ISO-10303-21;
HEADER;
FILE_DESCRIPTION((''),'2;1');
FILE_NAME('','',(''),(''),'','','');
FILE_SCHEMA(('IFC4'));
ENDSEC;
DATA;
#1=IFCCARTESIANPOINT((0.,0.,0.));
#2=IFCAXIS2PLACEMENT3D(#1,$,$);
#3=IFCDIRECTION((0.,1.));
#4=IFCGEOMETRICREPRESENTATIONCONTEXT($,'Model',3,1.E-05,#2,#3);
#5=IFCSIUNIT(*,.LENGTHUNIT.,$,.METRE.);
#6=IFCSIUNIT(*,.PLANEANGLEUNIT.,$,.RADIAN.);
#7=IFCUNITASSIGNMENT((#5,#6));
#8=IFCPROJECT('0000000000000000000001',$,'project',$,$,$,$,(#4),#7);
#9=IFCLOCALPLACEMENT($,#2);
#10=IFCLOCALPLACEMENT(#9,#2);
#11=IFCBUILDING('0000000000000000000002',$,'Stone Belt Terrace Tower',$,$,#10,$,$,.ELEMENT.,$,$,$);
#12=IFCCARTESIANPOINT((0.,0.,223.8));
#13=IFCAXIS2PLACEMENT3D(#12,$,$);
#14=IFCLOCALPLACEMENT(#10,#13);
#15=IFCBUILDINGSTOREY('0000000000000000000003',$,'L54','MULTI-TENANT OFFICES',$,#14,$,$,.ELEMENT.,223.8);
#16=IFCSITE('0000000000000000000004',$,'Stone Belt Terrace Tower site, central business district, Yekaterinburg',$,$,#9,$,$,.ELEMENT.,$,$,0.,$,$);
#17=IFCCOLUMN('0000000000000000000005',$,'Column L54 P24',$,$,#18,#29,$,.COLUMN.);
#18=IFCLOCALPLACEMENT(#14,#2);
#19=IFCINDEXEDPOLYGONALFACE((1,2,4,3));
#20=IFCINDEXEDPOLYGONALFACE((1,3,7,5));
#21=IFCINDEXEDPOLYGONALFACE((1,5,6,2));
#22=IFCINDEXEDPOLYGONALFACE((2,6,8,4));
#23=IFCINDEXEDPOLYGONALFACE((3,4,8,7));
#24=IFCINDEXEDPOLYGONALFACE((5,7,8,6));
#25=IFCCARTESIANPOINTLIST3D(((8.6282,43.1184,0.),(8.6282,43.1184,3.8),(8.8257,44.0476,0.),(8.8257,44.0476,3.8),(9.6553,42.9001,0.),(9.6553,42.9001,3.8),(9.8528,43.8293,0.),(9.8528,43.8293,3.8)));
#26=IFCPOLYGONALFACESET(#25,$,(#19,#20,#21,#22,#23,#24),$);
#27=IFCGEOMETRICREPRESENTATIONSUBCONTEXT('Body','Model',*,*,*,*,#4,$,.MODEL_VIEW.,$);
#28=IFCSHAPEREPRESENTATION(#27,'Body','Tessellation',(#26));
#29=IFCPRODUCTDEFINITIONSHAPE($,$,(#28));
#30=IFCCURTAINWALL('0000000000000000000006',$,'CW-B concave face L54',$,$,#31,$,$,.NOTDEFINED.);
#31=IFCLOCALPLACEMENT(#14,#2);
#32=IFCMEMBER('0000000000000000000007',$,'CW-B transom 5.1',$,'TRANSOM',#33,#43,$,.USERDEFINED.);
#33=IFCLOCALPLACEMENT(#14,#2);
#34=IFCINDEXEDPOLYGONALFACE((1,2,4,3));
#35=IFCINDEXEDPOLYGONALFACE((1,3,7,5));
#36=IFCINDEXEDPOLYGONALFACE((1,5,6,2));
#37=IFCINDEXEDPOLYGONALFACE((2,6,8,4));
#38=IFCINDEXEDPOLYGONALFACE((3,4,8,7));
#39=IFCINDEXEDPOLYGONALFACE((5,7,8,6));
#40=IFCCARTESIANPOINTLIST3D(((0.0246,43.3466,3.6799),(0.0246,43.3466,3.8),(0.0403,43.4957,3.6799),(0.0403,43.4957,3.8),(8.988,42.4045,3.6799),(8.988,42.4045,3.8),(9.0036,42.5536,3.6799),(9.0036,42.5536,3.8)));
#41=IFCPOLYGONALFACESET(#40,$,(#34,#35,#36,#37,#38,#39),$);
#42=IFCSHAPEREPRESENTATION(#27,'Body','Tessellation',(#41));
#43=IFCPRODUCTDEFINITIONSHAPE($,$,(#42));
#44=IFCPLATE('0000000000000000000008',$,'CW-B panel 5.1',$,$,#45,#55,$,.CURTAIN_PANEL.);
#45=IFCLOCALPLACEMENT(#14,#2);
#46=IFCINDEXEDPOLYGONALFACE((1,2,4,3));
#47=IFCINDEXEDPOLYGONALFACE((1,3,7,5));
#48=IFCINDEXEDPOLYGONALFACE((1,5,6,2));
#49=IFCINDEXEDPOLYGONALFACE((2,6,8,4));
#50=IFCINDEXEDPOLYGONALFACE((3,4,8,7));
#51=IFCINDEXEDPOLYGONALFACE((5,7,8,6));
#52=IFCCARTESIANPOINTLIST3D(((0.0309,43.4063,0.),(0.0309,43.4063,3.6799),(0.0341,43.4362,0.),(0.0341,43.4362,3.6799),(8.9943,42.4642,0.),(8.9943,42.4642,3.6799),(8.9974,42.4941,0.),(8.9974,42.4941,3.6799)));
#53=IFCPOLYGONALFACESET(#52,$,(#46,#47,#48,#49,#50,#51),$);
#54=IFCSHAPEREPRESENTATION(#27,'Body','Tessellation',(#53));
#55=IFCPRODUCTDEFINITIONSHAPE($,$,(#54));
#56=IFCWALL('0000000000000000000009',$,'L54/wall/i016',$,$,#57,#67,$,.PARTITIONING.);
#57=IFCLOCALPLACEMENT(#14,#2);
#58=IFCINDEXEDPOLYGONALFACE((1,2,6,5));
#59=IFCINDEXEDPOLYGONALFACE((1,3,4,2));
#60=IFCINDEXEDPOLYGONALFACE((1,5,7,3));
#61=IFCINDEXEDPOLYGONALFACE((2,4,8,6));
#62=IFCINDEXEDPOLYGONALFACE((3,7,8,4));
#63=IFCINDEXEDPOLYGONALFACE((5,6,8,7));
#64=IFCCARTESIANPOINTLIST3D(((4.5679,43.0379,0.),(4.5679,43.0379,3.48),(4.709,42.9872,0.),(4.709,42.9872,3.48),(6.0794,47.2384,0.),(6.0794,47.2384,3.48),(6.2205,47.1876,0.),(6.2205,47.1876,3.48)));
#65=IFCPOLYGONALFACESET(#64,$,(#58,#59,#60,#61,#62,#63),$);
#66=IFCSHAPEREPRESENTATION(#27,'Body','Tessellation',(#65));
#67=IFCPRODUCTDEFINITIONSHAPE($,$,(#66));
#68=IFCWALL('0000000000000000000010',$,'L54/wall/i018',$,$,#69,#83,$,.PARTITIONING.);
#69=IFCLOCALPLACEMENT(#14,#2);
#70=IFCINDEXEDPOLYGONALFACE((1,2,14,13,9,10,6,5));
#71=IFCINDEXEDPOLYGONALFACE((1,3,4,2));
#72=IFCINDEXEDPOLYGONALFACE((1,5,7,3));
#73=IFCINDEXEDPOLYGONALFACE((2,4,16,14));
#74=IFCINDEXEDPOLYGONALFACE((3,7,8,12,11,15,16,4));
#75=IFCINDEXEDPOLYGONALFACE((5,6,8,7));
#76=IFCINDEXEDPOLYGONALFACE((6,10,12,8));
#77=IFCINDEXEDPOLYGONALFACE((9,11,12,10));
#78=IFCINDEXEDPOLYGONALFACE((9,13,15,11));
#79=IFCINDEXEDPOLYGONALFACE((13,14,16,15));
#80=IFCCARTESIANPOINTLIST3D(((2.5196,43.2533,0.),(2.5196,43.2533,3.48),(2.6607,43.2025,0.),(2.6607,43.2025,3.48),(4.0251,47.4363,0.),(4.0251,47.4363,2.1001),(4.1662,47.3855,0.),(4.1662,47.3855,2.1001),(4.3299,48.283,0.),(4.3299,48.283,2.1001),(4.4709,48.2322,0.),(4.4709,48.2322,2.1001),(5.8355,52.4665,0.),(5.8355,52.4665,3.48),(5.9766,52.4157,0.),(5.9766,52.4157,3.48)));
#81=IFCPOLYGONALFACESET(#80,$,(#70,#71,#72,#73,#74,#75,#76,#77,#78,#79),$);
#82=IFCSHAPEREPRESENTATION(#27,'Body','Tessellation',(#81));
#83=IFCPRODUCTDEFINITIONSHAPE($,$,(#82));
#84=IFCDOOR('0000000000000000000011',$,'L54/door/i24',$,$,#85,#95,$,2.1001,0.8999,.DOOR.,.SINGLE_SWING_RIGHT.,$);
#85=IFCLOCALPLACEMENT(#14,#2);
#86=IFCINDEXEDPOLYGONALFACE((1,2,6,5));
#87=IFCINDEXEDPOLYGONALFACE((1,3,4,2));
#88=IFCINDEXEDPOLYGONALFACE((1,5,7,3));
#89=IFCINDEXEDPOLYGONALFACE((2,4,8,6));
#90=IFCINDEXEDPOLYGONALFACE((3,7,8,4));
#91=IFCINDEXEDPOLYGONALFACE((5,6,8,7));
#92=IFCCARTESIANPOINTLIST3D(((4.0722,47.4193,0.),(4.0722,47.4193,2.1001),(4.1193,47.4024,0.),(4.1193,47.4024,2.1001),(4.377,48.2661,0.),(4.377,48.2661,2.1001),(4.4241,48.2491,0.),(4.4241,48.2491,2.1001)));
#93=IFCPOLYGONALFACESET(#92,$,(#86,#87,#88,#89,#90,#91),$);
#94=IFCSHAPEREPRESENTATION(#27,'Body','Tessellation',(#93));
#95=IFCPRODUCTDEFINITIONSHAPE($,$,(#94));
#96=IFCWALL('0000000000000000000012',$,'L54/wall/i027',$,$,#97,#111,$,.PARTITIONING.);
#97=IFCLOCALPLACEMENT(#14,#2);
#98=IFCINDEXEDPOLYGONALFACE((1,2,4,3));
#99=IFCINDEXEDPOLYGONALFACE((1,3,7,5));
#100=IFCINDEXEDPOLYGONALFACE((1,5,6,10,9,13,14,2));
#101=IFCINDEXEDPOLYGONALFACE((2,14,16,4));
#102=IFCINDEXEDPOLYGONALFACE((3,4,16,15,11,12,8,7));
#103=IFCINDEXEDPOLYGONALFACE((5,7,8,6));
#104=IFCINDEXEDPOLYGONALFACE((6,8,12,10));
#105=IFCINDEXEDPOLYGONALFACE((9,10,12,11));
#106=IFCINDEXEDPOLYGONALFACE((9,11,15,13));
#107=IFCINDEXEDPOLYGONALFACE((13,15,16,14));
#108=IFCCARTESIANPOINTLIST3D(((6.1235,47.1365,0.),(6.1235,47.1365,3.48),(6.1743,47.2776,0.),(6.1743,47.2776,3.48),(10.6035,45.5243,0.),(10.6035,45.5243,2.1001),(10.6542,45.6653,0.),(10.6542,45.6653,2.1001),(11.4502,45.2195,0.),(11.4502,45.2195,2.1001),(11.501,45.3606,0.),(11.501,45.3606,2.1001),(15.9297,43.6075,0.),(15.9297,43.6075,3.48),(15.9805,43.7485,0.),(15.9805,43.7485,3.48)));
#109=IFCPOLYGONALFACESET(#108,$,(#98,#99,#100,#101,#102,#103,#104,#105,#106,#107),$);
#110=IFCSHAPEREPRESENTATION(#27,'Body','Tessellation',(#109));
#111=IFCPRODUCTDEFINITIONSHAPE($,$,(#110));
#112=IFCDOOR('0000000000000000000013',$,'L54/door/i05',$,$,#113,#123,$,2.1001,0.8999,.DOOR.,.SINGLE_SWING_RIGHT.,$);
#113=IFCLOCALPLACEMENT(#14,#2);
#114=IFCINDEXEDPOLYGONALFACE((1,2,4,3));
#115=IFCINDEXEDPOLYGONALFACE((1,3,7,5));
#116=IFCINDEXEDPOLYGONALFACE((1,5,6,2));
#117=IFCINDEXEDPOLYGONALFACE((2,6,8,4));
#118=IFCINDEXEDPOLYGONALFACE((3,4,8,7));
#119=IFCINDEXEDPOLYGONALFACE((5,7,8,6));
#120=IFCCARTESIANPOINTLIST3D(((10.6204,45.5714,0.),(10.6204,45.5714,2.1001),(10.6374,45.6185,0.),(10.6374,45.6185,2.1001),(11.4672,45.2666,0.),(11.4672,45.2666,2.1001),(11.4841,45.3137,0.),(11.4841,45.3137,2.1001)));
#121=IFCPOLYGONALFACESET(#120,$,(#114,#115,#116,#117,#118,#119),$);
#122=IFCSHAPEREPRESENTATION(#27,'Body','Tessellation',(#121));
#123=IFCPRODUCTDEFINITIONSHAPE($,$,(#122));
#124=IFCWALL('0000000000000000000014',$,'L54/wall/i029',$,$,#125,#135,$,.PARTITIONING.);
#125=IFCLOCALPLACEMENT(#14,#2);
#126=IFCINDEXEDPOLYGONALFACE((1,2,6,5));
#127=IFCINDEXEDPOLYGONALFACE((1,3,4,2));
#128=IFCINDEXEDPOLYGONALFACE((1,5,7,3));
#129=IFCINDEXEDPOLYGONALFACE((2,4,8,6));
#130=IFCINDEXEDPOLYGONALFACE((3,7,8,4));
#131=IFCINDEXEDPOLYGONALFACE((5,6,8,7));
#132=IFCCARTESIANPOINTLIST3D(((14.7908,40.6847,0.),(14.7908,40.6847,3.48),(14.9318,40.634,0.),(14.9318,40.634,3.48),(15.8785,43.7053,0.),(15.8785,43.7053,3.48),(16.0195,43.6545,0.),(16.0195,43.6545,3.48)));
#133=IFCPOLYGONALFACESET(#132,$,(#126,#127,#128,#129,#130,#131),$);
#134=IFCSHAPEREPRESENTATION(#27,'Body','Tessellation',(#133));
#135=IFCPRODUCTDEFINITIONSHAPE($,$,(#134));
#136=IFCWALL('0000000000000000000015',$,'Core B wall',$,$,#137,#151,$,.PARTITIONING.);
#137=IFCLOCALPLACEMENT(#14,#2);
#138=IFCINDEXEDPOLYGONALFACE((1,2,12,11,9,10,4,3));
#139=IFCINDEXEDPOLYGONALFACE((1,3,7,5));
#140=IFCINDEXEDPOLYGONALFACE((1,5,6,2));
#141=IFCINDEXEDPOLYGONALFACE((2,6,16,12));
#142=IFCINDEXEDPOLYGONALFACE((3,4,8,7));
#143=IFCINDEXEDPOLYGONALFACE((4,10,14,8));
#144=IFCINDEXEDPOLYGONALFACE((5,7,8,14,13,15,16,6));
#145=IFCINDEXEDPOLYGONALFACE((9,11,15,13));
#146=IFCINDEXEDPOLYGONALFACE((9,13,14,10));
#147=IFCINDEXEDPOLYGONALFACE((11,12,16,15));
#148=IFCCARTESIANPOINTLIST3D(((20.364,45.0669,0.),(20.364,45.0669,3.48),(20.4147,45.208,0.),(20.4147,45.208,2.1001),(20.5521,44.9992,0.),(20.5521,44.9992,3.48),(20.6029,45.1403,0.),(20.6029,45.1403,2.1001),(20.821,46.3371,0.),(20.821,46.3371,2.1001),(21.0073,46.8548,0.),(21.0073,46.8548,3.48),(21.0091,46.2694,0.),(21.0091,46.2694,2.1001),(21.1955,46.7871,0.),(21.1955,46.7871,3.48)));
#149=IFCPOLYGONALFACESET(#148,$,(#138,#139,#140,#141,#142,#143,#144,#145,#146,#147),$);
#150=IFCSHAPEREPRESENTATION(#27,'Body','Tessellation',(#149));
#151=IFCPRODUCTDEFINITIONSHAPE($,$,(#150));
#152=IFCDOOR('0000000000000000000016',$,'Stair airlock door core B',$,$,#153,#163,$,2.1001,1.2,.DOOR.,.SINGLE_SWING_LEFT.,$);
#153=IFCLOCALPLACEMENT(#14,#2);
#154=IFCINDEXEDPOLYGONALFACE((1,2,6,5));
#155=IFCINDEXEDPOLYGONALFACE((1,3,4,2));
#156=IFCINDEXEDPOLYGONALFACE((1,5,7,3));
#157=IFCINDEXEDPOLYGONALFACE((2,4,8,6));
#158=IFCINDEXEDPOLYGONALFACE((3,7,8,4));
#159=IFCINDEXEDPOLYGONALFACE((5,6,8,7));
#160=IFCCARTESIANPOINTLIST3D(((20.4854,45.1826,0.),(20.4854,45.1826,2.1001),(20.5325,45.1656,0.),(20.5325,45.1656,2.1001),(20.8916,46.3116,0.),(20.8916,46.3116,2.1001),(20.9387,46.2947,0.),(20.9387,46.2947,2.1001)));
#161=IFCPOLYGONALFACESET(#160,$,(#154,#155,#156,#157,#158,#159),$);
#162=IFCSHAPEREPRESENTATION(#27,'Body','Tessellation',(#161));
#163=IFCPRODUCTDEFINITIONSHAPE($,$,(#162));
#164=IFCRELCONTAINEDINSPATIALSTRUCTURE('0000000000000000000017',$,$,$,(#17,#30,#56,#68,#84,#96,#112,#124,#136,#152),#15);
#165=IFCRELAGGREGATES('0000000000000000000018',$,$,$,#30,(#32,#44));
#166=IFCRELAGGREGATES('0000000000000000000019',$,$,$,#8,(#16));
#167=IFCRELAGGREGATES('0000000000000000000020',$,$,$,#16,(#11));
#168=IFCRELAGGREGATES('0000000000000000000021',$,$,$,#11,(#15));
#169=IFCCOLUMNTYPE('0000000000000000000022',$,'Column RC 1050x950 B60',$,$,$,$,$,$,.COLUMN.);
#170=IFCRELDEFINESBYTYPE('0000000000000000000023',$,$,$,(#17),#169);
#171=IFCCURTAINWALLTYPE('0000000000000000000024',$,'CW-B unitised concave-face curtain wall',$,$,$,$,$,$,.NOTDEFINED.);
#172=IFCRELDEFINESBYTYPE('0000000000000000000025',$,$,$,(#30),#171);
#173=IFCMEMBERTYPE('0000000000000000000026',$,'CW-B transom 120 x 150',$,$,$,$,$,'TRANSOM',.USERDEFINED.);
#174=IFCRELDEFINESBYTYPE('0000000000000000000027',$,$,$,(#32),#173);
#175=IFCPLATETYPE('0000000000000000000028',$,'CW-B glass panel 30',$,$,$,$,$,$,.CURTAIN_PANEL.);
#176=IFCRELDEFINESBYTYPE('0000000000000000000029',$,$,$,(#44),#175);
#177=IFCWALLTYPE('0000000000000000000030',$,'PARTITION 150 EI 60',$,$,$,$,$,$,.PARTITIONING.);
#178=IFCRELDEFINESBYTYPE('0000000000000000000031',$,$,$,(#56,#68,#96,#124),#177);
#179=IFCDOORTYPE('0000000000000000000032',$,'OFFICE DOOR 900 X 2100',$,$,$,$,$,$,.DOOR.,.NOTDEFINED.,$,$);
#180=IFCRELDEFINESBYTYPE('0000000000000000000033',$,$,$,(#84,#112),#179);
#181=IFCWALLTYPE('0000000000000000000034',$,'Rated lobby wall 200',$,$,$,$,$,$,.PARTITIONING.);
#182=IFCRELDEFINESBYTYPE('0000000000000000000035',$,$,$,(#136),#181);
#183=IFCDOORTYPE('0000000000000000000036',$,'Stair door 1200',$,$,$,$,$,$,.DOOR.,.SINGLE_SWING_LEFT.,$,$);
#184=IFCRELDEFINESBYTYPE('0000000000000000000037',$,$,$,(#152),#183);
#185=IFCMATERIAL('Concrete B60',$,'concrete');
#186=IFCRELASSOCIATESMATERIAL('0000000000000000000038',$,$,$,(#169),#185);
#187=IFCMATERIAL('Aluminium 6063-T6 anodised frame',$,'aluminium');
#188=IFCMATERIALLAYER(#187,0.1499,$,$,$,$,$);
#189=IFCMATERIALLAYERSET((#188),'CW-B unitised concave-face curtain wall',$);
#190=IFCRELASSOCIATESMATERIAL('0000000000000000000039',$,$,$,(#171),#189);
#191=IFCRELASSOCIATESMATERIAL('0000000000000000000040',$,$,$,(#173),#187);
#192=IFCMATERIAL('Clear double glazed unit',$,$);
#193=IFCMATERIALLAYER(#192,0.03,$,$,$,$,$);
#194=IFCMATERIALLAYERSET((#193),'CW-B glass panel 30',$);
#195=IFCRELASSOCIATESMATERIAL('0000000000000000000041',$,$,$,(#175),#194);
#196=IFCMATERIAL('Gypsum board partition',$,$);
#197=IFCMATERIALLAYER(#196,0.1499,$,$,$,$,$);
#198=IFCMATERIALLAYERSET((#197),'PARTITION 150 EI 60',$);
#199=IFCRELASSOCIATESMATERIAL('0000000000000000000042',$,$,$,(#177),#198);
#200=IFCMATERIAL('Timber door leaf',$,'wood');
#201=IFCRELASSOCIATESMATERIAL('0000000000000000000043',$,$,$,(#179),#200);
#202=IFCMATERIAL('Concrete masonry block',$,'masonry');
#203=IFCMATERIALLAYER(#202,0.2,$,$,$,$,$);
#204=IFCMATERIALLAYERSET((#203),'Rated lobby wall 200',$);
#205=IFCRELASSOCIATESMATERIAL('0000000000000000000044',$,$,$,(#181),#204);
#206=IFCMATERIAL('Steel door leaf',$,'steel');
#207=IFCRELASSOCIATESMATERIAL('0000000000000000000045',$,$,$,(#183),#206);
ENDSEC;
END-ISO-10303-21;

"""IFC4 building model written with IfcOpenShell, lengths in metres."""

from ifc_helpers import new_model, si_unit, direction, frame, frame_2d, origin, origin_2d, place, context, subcontext, project, spatial, rectangle, extrude, material, layer, layer_set, material_profile, profile_set, type_object, element, fill, aggregate, save


model = new_model("IFC4")

# Units and contexts
model_context = context("Model", 3, precision=1e-05, world=origin(), true_north=direction((0.0, 1.0)))
body_context = subcontext(model_context, "Body", "Model", "MODEL_VIEW")
ifc_project = project(units=[si_unit("LENGTHUNIT", "METRE"), si_unit("PLANEANGLEUNIT", "RADIAN")], contexts=[model_context])

# Site, building, storey
site_placement = place(None, origin())
site = spatial("IfcSite", under=ifc_project, at=site_placement, Name="Stone Belt Terrace Tower site, central business district, Yekaterinburg", CompositionType="ELEMENT", RefElevation=0.0)
building_placement = place(site_placement, origin())
building = spatial("IfcBuilding", under=site, at=building_placement, Name="Stone Belt Terrace Tower", CompositionType="ELEMENT")
storey_placement = place(building_placement, frame((0.0, 0.0, 223.8)))
storey = spatial("IfcBuildingStorey", under=building, at=storey_placement, Name="L54", Description="MULTI-TENANT OFFICES", CompositionType="ELEMENT", Elevation=223.8)

# Column
ifc_material_1 = material(Name="Concrete B60", Category="concrete")
ifc_material_profile_1 = material_profile(ifc_material_1, rectangle(XDim=1.05, YDim=0.95, at=origin_2d()), Name="RC 1050x950")
ifc_profile_set_1 = profile_set([ifc_material_profile_1], Name="Concrete B60")
column_type = type_object("IfcColumnType", Name="Column RC 1050x950 B60", PredefinedType="COLUMN", material=ifc_profile_set_1)
column_placement = place(storey_placement, frame((9.2405, 43.4739, 0.0), z_axis=(0.0, 0.0, 1.0), x_axis=(0.978148, -0.207912, 0.0)))
element("IfcColumn", 1, at=column_placement, inside=storey, type_object=column_type, Name="Column L54 P24", PredefinedType="COLUMN", context=body_context, shape_type="SweptSolid", body=[
    extrude(rectangle(XDim=1.05, YDim=0.95, at=origin_2d()), origin(), (0.0, 0.0, 1.0), 3.8),
])

# Curtain wall, member, plate
ifc_material_2 = material(Name="Aluminium 6063-T6 anodised frame", Category="aluminium")
ifc_layer_1 = layer(ifc_material_2, 0.1499)
ifc_layer_set_1 = layer_set([ifc_layer_1], Name="CW-B unitised concave-face curtain wall")
curtain_wall_type = type_object("IfcCurtainWallType", Name="CW-B unitised concave-face curtain wall", PredefinedType="NOTDEFINED", material=ifc_layer_set_1)
curtain_wall_placement = place(storey_placement, origin())
curtain_wall = element("IfcCurtainWall", 2, at=curtain_wall_placement, inside=storey, type_object=curtain_wall_type, Name="CW-B concave face L54", PredefinedType="NOTDEFINED")
ifc_material_profile_2 = material_profile(ifc_material_2, rectangle(XDim=0.1499, YDim=0.1201, at=origin_2d()), Name="Aluminium 6063-T6 150x120")
ifc_profile_set_2 = profile_set([ifc_material_profile_2], Name="Aluminium 6063-T6 anodised frame")
member_type = type_object("IfcMemberType", Name="CW-B transom 120 x 150", ElementType="TRANSOM", PredefinedType="USERDEFINED", material=ifc_profile_set_2)
member_placement = place(storey_placement, frame((0.0325, 43.4211, 3.74), z_axis=(0.994521, -0.104534, 0.0), x_axis=(0.104534, 0.994521, 0.0)))
member = element("IfcMember", 3, at=member_placement, type_object=member_type, Name="CW-B transom 5.1", ObjectType="TRANSOM", PredefinedType="USERDEFINED", context=body_context, shape_type="SweptSolid", body=[
    extrude(rectangle(XDim=0.1499, YDim=0.1201, at=origin_2d()), origin(), (0.0, 0.0, 1.0), 9.0127),
])
ifc_material_3 = material(Name="Clear double glazed unit")
ifc_layer_2 = layer(ifc_material_3, 0.03)
ifc_layer_set_2 = layer_set([ifc_layer_2], Name="CW-B glass panel 30")
plate_type = type_object("IfcPlateType", Name="CW-B glass panel 30", PredefinedType="CURTAIN_PANEL", material=ifc_layer_set_2)
plate_placement = place(storey_placement, frame((4.5142, 42.9502, 0.0), z_axis=(0.0, 0.0, 1.0), x_axis=(0.994522, -0.104528, 0.0)))
plate = element("IfcPlate", 4, at=plate_placement, type_object=plate_type, Name="CW-B panel 5.1", PredefinedType="CURTAIN_PANEL", context=body_context, shape_type="SweptSolid", body=[
    extrude(rectangle(XDim=9.0127, YDim=0.03, at=origin_2d()), origin(), (0.0, 0.0, 1.0), 3.6799),
])
aggregate(curtain_wall, [member, plate])

# Wall
ifc_material_4 = material(Name="Gypsum board partition")
ifc_layer_3 = layer(ifc_material_4, 0.1499)
ifc_layer_set_3 = layer_set([ifc_layer_3], Name="PARTITION 150 EI 60")
wall_type_1 = type_object("IfcWallType", Name="PARTITION 150 EI 60", PredefinedType="PARTITIONING", material=ifc_layer_set_3)
wall_1_placement = place(storey_placement, frame((6.1499, 47.2129, 0.0), z_axis=(0.0, 0.0, 1.0), x_axis=(-0.338584, -0.940936, 0.0)))
element("IfcWall", 5, at=wall_1_placement, inside=storey, type_object=wall_type_1, Name="L54/wall/i016", PredefinedType="PARTITIONING", context=body_context, shape_type="SweptSolid", body=[
    extrude(rectangle(XDim=4.4641, YDim=0.1499, at=frame_2d((2.2319, 0.0))), origin(), (0.0, 0.0, 1.0), 3.48),
])

# Walls, openings, doors
wall_2_placement = place(storey_placement, frame((2.5901, 43.2278, 0.0), z_axis=(0.0, 0.0, 1.0), x_axis=(0.338646, 0.940914, 0.0)))
wall_2 = element("IfcWall", 6, at=wall_2_placement, inside=storey, type_object=wall_type_1, Name="L54/wall/i018", PredefinedType="PARTITIONING", context=body_context, shape_type="SweptSolid", body=[
    extrude(rectangle(XDim=9.7917, YDim=0.1499, at=frame_2d((4.896, 0.0))), origin(), (0.0, 0.0, 1.0), 3.48),
])
opening_1_placement = place(wall_2_placement, frame((4.4458, 0.0, 0.0)))
opening_1 = element("IfcOpeningElement", 7, at=opening_1_placement, cuts=wall_2, PredefinedType="OPENING", context=body_context, shape_type="SweptSolid", body=[
    extrude(rectangle(XDim=0.8999, YDim=2.1001, at=frame_2d((0.45, 1.05))), frame((0.0, 0.085, 0.0), z_axis=(0.0, -1.0, 0.0), x_axis=(1.0, 0.0, 0.0)), (0.0, 0.0, 1.0), 0.1699),
])
ifc_material_5 = material(Name="Timber door leaf", Category="wood")
door_type_1 = type_object("IfcDoorType", Name="OFFICE DOOR 900 X 2100", OperationType="NOTDEFINED", PredefinedType="DOOR", material=ifc_material_5)
door_1_placement = place(opening_1_placement, origin())
door_1 = element("IfcDoor", 8, at=door_1_placement, inside=storey, type_object=door_type_1, Name="L54/door/i24", OperationType="SINGLE_SWING_RIGHT", OverallHeight=2.1001, OverallWidth=0.8999, PredefinedType="DOOR", context=body_context, shape_type="SweptSolid", body=[
    extrude(rectangle(XDim=0.8999, YDim=2.1001, at=frame_2d((0.45, 1.05))), frame((0.0, 0.0249, 0.0), z_axis=(0.0, -1.0, 0.0), x_axis=(1.0, 0.0, 0.0)), (0.0, 0.0, 1.0), 0.05),
])
fill(opening_1, door_1)
wall_3_placement = place(storey_placement, frame((15.9551, 43.678, 0.0), z_axis=(0.0, 0.0, 1.0), x_axis=(-0.940923, 0.338621, 0.0)))
wall_3 = element("IfcWall", 9, at=wall_3_placement, inside=storey, type_object=wall_type_1, Name="L54/wall/i027", PredefinedType="PARTITIONING", context=body_context, shape_type="SweptSolid", body=[
    extrude(rectangle(XDim=10.4219, YDim=0.1499, at=frame_2d((5.2109, 0.0))), origin(), (0.0, 0.0, 1.0), 3.48),
])
opening_2_placement = place(wall_3_placement, frame((4.7607, 0.0, 0.0)))
opening_2 = element("IfcOpeningElement", 10, at=opening_2_placement, cuts=wall_3, PredefinedType="OPENING", context=body_context, shape_type="SweptSolid", body=[
    extrude(rectangle(XDim=0.8999, YDim=2.1001, at=frame_2d((0.45, 1.05))), frame((0.0, 0.085, 0.0), z_axis=(0.0, -1.0, 0.0), x_axis=(1.0, 0.0, 0.0)), (0.0, 0.0, 1.0), 0.1699),
])
door_2_placement = place(opening_2_placement, origin())
door_2 = element("IfcDoor", 11, at=door_2_placement, inside=storey, type_object=door_type_1, Name="L54/door/i05", OperationType="SINGLE_SWING_RIGHT", OverallHeight=2.1001, OverallWidth=0.8999, PredefinedType="DOOR", context=body_context, shape_type="SweptSolid", body=[
    extrude(rectangle(XDim=0.8999, YDim=2.1001, at=frame_2d((0.45, 1.05))), frame((0.0, 0.0249, 0.0), z_axis=(0.0, -1.0, 0.0), x_axis=(1.0, 0.0, 0.0)), (0.0, 0.0, 1.0), 0.05),
])
fill(opening_2, door_2)

# Wall
wall_4_placement = place(storey_placement, frame((15.949, 43.6799, 0.0), z_axis=(0.0, 0.0, 1.0), x_axis=(-0.338792, -0.940861, 0.0)))
element("IfcWall", 12, at=wall_4_placement, inside=storey, type_object=wall_type_1, Name="L54/wall/i029", PredefinedType="PARTITIONING", context=body_context, shape_type="SweptSolid", body=[
    extrude(rectangle(XDim=3.2104, YDim=0.1499, at=frame_2d((1.6052, 0.0))), origin(), (0.0, 0.0, 1.0), 3.48),
])

# Wall, opening, door
ifc_material_6 = material(Name="Concrete masonry block", Category="masonry")
ifc_layer_4 = layer(ifc_material_6, 0.2)
ifc_layer_set_4 = layer_set([ifc_layer_4], Name="Rated lobby wall 200")
wall_type_2 = type_object("IfcWallType", Name="Rated lobby wall 200", PredefinedType="PARTITIONING", material=ifc_layer_set_4)
wall_5_placement = place(storey_placement, frame((20.458, 45.033, 0.0), z_axis=(0.0, 0.0, 1.0), x_axis=(0.338574, 0.94094, 0.0)))
wall_5 = element("IfcWall", 13, at=wall_5_placement, inside=storey, type_object=wall_type_2, Name="Core B wall", PredefinedType="PARTITIONING", context=body_context, shape_type="SweptSolid", body=[
    extrude(rectangle(XDim=1.9001, YDim=0.2, at=frame_2d((0.9502, 0.0))), origin(), (0.0, 0.0, 1.0), 3.48),
])
opening_3_placement = place(wall_5_placement, frame((0.1499, 0.0, 0.0)))
opening_3 = element("IfcOpeningElement", 14, at=opening_3_placement, cuts=wall_5, PredefinedType="OPENING", context=body_context, shape_type="SweptSolid", body=[
    extrude(rectangle(XDim=1.2, YDim=2.1001, at=frame_2d((0.6001, 1.05))), frame((0.0, 0.1099, 0.0), z_axis=(0.0, -1.0, 0.0), x_axis=(1.0, 0.0, 0.0)), (0.0, 0.0, 1.0), 0.22),
])
ifc_material_7 = material(Name="Steel door leaf", Category="steel")
door_type_2 = type_object("IfcDoorType", Name="Stair door 1200", OperationType="SINGLE_SWING_LEFT", PredefinedType="DOOR", material=ifc_material_7)
door_3_placement = place(opening_3_placement, origin())
door_3 = element("IfcDoor", 15, at=door_3_placement, inside=storey, type_object=door_type_2, Name="Stair airlock door core B", OperationType="SINGLE_SWING_LEFT", OverallHeight=2.1001, OverallWidth=1.2, PredefinedType="DOOR", context=body_context, shape_type="SweptSolid", body=[
    extrude(rectangle(XDim=1.2, YDim=2.1001, at=frame_2d((0.6001, 1.05))), frame((0.0, 0.0249, 0.0), z_axis=(0.0, -1.0, 0.0), x_axis=(1.0, 0.0, 0.0)), (0.0, 0.0, 1.0), 0.05),
])
fill(opening_3, door_3)

save(model, "model.ifc")
